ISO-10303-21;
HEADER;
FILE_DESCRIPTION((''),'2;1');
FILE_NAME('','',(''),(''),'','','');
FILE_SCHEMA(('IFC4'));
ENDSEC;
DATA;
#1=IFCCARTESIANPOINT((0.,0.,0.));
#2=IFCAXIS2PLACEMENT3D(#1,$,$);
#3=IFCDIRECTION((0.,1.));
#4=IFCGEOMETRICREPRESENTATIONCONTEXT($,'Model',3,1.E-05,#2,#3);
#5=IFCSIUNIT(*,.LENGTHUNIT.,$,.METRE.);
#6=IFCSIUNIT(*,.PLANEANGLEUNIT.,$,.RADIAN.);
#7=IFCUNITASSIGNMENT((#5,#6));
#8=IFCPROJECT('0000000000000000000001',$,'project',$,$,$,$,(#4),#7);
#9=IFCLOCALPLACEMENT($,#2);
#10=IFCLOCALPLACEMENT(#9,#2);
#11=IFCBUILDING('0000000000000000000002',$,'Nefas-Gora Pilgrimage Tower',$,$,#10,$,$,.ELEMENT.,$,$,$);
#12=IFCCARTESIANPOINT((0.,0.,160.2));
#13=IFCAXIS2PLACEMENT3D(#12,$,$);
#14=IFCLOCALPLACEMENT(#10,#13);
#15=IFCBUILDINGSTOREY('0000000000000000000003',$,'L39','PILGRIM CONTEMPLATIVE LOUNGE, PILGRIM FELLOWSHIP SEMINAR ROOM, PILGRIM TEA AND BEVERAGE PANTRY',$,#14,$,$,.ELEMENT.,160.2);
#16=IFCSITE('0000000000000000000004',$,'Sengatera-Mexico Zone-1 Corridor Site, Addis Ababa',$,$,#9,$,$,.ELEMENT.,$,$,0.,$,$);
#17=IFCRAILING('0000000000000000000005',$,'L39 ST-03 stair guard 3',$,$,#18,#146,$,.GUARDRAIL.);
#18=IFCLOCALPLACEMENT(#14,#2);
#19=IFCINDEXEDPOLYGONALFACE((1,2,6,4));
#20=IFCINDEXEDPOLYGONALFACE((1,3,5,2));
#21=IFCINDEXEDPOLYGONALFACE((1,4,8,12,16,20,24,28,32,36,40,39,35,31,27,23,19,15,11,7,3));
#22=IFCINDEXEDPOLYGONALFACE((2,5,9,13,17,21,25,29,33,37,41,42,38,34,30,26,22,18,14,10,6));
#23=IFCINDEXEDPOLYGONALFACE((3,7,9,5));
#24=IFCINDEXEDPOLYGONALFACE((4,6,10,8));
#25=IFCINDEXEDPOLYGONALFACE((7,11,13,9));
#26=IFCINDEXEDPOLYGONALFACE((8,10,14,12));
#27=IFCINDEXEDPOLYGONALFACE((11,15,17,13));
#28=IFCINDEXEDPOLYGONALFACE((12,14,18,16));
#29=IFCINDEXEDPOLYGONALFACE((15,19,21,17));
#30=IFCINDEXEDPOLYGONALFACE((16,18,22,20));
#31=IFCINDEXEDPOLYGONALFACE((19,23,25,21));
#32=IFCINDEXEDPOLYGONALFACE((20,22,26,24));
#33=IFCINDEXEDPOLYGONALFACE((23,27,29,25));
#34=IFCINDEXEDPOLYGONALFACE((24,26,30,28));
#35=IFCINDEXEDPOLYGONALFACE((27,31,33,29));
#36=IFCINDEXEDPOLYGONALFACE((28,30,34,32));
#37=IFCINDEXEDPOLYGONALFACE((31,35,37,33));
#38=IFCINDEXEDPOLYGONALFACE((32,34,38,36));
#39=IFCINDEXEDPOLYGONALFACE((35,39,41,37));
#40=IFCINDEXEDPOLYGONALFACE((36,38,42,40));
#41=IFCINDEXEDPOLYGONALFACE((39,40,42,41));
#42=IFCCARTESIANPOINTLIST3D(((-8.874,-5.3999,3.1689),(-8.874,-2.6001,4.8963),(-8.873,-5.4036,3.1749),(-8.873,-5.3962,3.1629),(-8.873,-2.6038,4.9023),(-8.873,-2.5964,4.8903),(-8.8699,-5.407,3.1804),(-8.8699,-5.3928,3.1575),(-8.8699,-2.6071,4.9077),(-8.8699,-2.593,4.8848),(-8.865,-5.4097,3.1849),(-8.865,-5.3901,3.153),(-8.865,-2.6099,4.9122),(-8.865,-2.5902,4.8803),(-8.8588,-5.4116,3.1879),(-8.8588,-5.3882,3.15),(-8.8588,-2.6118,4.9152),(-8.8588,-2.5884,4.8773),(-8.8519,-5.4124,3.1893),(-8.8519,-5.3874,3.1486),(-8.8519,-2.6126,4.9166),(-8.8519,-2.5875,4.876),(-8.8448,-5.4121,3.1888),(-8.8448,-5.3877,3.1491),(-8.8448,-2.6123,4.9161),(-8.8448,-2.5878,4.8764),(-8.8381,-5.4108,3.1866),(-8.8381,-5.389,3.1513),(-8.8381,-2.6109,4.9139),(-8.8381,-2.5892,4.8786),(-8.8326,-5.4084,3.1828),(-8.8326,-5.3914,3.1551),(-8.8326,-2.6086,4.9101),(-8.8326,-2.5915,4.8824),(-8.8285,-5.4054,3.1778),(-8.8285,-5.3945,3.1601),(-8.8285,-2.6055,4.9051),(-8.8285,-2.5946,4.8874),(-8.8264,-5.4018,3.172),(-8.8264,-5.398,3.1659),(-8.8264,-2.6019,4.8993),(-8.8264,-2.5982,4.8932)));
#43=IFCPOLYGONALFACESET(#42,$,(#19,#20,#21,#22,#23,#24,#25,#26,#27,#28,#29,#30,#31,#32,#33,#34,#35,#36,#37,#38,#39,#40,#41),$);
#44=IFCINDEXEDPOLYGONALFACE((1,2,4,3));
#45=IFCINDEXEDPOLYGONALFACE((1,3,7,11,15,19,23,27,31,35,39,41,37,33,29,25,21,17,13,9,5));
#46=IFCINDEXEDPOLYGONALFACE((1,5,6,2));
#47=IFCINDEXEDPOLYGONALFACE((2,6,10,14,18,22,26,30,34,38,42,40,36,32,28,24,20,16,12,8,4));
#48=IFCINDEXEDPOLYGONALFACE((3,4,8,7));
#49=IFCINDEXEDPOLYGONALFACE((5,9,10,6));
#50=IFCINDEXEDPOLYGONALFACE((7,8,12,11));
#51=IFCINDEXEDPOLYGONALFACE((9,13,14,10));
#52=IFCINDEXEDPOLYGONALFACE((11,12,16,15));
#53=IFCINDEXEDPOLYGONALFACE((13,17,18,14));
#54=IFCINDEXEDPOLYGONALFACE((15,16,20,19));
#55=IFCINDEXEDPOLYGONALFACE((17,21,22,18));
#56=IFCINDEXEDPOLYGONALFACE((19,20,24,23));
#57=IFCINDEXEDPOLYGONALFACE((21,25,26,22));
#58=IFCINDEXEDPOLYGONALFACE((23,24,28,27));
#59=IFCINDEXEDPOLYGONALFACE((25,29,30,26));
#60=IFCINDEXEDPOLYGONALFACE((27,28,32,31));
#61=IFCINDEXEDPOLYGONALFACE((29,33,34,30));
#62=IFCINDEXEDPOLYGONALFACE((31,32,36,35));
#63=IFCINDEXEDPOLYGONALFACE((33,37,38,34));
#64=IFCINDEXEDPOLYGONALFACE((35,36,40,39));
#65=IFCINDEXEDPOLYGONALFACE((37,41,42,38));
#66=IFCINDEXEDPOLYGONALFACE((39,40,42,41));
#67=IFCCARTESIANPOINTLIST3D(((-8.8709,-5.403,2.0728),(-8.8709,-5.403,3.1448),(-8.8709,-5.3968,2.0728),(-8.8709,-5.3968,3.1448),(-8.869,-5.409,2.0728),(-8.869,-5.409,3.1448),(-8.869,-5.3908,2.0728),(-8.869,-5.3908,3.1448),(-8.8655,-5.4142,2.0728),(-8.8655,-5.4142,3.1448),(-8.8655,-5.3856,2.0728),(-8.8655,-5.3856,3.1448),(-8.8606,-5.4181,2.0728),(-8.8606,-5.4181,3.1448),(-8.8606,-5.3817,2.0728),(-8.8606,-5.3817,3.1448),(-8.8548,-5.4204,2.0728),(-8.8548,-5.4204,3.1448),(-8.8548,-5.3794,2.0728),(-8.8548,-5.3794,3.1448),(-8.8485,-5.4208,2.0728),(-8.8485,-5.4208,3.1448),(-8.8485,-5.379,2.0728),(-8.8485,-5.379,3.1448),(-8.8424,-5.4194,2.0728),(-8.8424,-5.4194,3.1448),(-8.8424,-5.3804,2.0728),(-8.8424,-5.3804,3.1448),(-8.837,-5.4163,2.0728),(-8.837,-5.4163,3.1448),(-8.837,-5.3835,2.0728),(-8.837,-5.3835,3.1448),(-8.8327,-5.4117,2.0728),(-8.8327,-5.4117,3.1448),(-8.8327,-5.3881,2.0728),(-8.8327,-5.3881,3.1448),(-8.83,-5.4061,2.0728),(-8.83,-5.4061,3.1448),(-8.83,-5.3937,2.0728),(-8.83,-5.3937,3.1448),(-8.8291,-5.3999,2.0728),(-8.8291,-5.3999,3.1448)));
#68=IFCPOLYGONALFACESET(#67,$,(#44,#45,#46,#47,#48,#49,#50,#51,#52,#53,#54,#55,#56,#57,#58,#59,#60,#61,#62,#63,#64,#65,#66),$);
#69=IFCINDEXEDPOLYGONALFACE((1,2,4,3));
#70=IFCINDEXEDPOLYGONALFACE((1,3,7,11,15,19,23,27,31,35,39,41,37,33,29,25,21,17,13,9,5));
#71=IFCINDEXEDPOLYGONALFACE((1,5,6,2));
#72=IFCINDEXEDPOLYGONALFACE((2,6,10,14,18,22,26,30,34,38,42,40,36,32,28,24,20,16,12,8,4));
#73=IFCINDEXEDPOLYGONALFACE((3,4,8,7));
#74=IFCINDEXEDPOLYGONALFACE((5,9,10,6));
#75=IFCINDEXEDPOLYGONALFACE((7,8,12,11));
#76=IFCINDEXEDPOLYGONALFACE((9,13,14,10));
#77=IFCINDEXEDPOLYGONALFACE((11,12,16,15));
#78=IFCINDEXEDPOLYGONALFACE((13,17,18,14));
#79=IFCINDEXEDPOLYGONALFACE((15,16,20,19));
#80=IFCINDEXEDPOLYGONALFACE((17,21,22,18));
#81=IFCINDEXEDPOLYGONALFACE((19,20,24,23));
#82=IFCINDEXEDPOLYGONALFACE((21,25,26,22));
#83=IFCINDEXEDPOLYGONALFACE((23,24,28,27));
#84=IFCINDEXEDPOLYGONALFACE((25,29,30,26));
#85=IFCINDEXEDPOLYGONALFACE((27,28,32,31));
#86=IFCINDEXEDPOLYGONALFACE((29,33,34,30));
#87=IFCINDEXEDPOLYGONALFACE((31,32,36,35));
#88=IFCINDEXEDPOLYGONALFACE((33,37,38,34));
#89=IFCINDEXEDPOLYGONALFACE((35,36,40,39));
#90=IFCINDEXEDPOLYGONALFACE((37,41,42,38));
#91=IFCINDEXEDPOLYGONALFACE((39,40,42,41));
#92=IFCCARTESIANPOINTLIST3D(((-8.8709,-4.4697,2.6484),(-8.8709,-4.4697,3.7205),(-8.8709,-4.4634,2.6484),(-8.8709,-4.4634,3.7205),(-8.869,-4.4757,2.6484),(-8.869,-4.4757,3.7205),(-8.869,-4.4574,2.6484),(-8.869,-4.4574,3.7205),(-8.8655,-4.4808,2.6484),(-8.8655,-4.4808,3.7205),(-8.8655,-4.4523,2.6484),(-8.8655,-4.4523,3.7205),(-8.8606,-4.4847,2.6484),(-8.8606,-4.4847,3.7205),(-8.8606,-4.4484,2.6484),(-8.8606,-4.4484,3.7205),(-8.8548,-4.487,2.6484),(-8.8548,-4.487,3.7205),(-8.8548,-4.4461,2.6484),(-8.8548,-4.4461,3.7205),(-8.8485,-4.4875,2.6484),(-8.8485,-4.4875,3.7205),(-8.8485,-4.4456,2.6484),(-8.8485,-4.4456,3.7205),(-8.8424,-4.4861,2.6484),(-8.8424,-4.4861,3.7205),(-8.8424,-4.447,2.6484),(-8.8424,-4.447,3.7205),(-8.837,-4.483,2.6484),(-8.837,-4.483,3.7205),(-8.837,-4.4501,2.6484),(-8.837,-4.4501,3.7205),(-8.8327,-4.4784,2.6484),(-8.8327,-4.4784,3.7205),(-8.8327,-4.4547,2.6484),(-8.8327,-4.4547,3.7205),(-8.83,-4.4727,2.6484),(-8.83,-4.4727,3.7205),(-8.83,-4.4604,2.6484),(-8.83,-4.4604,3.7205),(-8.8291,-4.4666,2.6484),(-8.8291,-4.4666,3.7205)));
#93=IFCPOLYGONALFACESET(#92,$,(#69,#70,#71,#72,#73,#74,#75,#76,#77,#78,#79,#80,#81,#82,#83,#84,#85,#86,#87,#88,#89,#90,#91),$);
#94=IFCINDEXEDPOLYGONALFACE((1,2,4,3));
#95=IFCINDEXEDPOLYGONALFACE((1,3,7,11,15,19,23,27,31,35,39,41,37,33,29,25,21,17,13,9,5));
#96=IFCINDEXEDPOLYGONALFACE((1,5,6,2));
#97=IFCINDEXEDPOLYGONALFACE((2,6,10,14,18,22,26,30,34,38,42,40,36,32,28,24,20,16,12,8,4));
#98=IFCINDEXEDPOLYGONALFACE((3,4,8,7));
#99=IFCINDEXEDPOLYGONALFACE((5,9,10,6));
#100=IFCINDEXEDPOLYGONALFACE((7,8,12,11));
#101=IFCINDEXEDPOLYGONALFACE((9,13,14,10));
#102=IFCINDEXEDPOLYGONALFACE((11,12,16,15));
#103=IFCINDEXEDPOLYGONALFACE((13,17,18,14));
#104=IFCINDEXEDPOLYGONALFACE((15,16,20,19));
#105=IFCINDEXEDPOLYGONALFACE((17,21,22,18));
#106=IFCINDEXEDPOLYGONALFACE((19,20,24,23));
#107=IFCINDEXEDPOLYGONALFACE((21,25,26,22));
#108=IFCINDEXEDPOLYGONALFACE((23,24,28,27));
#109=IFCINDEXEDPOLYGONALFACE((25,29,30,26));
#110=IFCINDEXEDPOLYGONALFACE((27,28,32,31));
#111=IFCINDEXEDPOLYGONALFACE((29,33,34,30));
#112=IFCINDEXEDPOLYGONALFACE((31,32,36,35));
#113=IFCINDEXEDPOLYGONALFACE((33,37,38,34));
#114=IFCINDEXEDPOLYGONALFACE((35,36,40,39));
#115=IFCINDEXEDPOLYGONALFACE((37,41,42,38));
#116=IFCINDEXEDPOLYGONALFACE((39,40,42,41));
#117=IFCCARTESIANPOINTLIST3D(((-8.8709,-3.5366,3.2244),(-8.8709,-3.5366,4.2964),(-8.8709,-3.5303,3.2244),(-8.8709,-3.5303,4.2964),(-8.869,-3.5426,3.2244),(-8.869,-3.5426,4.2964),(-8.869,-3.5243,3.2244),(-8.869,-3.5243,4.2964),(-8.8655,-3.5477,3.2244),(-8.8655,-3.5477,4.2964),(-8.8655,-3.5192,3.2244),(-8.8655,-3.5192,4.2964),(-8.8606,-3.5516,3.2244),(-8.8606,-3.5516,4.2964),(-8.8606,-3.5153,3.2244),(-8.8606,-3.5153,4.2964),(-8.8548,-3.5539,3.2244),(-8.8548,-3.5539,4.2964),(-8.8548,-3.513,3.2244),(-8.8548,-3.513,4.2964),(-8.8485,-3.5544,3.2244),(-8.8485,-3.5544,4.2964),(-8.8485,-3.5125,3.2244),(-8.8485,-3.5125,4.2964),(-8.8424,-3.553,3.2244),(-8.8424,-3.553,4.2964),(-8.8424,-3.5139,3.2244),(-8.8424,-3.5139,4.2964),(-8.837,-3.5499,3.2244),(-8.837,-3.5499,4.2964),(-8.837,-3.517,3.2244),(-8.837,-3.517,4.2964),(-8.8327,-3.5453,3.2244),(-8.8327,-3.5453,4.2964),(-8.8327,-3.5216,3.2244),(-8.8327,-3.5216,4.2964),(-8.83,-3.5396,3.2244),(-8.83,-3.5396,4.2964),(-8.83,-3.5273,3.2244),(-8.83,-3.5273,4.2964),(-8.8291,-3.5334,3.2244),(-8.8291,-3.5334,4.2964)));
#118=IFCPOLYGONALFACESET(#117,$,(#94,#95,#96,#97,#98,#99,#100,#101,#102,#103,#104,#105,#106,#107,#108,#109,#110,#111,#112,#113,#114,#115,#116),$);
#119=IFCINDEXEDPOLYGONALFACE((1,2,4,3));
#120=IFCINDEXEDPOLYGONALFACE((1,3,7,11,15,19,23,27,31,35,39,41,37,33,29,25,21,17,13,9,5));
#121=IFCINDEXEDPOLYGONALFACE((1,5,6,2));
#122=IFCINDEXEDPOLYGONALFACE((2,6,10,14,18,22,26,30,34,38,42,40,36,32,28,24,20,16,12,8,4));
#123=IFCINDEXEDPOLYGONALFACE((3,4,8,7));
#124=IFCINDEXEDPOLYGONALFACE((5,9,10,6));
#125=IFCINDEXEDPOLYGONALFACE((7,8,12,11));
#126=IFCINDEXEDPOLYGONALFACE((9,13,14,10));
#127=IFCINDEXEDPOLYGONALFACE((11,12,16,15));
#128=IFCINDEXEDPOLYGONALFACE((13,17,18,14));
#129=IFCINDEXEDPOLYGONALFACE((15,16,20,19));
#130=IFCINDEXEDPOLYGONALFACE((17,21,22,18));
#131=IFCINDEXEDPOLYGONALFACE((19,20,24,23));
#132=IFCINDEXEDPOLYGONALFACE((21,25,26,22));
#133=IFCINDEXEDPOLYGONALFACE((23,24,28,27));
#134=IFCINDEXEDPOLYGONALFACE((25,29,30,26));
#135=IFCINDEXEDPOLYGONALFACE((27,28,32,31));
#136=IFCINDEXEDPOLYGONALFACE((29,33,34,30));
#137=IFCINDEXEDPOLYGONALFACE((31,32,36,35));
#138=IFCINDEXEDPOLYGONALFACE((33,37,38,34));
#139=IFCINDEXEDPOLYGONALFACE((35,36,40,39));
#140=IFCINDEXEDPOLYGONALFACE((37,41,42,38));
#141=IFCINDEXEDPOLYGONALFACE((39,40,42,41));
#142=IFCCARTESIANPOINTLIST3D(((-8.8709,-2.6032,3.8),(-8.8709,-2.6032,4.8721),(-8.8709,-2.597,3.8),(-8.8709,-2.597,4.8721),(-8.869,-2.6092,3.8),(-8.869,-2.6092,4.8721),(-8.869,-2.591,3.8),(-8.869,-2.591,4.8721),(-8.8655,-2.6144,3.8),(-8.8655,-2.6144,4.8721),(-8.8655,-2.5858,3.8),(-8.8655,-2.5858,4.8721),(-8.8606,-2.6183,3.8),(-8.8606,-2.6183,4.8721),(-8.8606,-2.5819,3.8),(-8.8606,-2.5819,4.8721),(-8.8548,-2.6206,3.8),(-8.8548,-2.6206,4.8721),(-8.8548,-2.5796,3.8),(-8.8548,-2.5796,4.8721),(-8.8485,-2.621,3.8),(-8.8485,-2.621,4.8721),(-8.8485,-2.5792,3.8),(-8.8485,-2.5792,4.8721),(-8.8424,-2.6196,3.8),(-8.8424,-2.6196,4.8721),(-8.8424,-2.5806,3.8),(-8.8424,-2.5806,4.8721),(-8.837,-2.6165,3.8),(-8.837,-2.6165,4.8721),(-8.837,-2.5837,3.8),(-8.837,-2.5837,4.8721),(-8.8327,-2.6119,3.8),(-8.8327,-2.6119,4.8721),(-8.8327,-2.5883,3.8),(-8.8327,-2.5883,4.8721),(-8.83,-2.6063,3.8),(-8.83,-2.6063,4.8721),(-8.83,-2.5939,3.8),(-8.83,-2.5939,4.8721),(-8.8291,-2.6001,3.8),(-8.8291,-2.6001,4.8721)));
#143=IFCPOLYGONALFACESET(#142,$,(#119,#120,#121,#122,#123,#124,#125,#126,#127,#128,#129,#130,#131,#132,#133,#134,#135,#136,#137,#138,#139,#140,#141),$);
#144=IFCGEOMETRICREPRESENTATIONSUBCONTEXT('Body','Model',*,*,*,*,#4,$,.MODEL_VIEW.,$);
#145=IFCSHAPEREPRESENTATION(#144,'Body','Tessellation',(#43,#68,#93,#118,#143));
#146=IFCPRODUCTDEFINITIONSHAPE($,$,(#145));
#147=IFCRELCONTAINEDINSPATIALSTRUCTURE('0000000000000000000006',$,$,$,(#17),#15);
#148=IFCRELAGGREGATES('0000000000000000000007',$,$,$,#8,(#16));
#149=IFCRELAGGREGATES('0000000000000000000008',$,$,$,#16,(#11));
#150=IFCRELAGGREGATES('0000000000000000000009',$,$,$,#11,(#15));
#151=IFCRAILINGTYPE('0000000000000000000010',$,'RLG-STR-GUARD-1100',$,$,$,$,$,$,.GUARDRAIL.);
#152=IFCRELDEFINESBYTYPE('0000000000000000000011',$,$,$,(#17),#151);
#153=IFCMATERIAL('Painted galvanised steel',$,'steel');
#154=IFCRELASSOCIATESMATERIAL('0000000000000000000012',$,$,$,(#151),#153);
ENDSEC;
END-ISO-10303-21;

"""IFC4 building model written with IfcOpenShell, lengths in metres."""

from ifc_helpers import new_model, si_unit, direction, frame, origin, origin_2d, place, context, subcontext, project, spatial, circle, extrude, material, type_object, element, save


model = new_model("IFC4")

# Units and contexts
model_context = context("Model", 3, precision=1e-05, world=origin(), true_north=direction((0.0, 1.0)))
body_context = subcontext(model_context, "Body", "Model", "MODEL_VIEW")
ifc_project = project(units=[si_unit("LENGTHUNIT", "METRE"), si_unit("PLANEANGLEUNIT", "RADIAN")], contexts=[model_context])

# Site, building, storey
site_placement = place(None, origin())
site = spatial("IfcSite", under=ifc_project, at=site_placement, Name="Sengatera-Mexico Zone-1 Corridor Site, Addis Ababa", CompositionType="ELEMENT", RefElevation=0.0)
building_placement = place(site_placement, origin())
building = spatial("IfcBuilding", under=site, at=building_placement, Name="Nefas-Gora Pilgrimage Tower", CompositionType="ELEMENT")
storey_placement = place(building_placement, frame((0.0, 0.0, 160.2)))
storey = spatial("IfcBuildingStorey", under=building, at=storey_placement, Name="L39", Description="PILGRIM CONTEMPLATIVE LOUNGE, PILGRIM FELLOWSHIP SEMINAR ROOM, PILGRIM TEA AND BEVERAGE PANTRY", CompositionType="ELEMENT", Elevation=160.2)

# Railing
ifc_material_1 = material(Name="Painted galvanised steel", Category="steel")
railing_type_1 = type_object("IfcRailingType", Name="RLG-STR-GUARD-1100", PredefinedType="GUARDRAIL", material=ifc_material_1)
railing_1_placement = place(storey_placement, frame((-8.8501, -5.3999, 2.0728)))
element("IfcRailing", 1, at=railing_1_placement, inside=storey, type_object=railing_type_1, Name="L39 ST-03 stair guard 3", PredefinedType="GUARDRAIL", context=body_context, shape_type="SweptSolid", body=[
    extrude(circle(Radius=0.0239, at=origin_2d()), frame((0.0, 0.0, 1.0962), z_axis=(0.0, 0.851069, 0.525054), x_axis=(-1.0, 0.0, 0.0)), (0.0, 0.0, 1.0), 3.2898),
    extrude(circle(Radius=0.021, at=origin_2d()), origin(), (0.0, 0.0, 1.0), 1.072),
    extrude(circle(Radius=0.021, at=origin_2d()), frame((0.0, 0.9333, 0.5757)), (0.0, 0.0, 1.0), 1.072),
    extrude(circle(Radius=0.021, at=origin_2d()), frame((0.0, 1.8665, 1.1516)), (0.0, 0.0, 1.0), 1.072),
    extrude(circle(Radius=0.021, at=origin_2d()), frame((0.0, 2.7998, 1.7273)), (0.0, 0.0, 1.0), 1.072),
])

save(model, "model.ifc")
